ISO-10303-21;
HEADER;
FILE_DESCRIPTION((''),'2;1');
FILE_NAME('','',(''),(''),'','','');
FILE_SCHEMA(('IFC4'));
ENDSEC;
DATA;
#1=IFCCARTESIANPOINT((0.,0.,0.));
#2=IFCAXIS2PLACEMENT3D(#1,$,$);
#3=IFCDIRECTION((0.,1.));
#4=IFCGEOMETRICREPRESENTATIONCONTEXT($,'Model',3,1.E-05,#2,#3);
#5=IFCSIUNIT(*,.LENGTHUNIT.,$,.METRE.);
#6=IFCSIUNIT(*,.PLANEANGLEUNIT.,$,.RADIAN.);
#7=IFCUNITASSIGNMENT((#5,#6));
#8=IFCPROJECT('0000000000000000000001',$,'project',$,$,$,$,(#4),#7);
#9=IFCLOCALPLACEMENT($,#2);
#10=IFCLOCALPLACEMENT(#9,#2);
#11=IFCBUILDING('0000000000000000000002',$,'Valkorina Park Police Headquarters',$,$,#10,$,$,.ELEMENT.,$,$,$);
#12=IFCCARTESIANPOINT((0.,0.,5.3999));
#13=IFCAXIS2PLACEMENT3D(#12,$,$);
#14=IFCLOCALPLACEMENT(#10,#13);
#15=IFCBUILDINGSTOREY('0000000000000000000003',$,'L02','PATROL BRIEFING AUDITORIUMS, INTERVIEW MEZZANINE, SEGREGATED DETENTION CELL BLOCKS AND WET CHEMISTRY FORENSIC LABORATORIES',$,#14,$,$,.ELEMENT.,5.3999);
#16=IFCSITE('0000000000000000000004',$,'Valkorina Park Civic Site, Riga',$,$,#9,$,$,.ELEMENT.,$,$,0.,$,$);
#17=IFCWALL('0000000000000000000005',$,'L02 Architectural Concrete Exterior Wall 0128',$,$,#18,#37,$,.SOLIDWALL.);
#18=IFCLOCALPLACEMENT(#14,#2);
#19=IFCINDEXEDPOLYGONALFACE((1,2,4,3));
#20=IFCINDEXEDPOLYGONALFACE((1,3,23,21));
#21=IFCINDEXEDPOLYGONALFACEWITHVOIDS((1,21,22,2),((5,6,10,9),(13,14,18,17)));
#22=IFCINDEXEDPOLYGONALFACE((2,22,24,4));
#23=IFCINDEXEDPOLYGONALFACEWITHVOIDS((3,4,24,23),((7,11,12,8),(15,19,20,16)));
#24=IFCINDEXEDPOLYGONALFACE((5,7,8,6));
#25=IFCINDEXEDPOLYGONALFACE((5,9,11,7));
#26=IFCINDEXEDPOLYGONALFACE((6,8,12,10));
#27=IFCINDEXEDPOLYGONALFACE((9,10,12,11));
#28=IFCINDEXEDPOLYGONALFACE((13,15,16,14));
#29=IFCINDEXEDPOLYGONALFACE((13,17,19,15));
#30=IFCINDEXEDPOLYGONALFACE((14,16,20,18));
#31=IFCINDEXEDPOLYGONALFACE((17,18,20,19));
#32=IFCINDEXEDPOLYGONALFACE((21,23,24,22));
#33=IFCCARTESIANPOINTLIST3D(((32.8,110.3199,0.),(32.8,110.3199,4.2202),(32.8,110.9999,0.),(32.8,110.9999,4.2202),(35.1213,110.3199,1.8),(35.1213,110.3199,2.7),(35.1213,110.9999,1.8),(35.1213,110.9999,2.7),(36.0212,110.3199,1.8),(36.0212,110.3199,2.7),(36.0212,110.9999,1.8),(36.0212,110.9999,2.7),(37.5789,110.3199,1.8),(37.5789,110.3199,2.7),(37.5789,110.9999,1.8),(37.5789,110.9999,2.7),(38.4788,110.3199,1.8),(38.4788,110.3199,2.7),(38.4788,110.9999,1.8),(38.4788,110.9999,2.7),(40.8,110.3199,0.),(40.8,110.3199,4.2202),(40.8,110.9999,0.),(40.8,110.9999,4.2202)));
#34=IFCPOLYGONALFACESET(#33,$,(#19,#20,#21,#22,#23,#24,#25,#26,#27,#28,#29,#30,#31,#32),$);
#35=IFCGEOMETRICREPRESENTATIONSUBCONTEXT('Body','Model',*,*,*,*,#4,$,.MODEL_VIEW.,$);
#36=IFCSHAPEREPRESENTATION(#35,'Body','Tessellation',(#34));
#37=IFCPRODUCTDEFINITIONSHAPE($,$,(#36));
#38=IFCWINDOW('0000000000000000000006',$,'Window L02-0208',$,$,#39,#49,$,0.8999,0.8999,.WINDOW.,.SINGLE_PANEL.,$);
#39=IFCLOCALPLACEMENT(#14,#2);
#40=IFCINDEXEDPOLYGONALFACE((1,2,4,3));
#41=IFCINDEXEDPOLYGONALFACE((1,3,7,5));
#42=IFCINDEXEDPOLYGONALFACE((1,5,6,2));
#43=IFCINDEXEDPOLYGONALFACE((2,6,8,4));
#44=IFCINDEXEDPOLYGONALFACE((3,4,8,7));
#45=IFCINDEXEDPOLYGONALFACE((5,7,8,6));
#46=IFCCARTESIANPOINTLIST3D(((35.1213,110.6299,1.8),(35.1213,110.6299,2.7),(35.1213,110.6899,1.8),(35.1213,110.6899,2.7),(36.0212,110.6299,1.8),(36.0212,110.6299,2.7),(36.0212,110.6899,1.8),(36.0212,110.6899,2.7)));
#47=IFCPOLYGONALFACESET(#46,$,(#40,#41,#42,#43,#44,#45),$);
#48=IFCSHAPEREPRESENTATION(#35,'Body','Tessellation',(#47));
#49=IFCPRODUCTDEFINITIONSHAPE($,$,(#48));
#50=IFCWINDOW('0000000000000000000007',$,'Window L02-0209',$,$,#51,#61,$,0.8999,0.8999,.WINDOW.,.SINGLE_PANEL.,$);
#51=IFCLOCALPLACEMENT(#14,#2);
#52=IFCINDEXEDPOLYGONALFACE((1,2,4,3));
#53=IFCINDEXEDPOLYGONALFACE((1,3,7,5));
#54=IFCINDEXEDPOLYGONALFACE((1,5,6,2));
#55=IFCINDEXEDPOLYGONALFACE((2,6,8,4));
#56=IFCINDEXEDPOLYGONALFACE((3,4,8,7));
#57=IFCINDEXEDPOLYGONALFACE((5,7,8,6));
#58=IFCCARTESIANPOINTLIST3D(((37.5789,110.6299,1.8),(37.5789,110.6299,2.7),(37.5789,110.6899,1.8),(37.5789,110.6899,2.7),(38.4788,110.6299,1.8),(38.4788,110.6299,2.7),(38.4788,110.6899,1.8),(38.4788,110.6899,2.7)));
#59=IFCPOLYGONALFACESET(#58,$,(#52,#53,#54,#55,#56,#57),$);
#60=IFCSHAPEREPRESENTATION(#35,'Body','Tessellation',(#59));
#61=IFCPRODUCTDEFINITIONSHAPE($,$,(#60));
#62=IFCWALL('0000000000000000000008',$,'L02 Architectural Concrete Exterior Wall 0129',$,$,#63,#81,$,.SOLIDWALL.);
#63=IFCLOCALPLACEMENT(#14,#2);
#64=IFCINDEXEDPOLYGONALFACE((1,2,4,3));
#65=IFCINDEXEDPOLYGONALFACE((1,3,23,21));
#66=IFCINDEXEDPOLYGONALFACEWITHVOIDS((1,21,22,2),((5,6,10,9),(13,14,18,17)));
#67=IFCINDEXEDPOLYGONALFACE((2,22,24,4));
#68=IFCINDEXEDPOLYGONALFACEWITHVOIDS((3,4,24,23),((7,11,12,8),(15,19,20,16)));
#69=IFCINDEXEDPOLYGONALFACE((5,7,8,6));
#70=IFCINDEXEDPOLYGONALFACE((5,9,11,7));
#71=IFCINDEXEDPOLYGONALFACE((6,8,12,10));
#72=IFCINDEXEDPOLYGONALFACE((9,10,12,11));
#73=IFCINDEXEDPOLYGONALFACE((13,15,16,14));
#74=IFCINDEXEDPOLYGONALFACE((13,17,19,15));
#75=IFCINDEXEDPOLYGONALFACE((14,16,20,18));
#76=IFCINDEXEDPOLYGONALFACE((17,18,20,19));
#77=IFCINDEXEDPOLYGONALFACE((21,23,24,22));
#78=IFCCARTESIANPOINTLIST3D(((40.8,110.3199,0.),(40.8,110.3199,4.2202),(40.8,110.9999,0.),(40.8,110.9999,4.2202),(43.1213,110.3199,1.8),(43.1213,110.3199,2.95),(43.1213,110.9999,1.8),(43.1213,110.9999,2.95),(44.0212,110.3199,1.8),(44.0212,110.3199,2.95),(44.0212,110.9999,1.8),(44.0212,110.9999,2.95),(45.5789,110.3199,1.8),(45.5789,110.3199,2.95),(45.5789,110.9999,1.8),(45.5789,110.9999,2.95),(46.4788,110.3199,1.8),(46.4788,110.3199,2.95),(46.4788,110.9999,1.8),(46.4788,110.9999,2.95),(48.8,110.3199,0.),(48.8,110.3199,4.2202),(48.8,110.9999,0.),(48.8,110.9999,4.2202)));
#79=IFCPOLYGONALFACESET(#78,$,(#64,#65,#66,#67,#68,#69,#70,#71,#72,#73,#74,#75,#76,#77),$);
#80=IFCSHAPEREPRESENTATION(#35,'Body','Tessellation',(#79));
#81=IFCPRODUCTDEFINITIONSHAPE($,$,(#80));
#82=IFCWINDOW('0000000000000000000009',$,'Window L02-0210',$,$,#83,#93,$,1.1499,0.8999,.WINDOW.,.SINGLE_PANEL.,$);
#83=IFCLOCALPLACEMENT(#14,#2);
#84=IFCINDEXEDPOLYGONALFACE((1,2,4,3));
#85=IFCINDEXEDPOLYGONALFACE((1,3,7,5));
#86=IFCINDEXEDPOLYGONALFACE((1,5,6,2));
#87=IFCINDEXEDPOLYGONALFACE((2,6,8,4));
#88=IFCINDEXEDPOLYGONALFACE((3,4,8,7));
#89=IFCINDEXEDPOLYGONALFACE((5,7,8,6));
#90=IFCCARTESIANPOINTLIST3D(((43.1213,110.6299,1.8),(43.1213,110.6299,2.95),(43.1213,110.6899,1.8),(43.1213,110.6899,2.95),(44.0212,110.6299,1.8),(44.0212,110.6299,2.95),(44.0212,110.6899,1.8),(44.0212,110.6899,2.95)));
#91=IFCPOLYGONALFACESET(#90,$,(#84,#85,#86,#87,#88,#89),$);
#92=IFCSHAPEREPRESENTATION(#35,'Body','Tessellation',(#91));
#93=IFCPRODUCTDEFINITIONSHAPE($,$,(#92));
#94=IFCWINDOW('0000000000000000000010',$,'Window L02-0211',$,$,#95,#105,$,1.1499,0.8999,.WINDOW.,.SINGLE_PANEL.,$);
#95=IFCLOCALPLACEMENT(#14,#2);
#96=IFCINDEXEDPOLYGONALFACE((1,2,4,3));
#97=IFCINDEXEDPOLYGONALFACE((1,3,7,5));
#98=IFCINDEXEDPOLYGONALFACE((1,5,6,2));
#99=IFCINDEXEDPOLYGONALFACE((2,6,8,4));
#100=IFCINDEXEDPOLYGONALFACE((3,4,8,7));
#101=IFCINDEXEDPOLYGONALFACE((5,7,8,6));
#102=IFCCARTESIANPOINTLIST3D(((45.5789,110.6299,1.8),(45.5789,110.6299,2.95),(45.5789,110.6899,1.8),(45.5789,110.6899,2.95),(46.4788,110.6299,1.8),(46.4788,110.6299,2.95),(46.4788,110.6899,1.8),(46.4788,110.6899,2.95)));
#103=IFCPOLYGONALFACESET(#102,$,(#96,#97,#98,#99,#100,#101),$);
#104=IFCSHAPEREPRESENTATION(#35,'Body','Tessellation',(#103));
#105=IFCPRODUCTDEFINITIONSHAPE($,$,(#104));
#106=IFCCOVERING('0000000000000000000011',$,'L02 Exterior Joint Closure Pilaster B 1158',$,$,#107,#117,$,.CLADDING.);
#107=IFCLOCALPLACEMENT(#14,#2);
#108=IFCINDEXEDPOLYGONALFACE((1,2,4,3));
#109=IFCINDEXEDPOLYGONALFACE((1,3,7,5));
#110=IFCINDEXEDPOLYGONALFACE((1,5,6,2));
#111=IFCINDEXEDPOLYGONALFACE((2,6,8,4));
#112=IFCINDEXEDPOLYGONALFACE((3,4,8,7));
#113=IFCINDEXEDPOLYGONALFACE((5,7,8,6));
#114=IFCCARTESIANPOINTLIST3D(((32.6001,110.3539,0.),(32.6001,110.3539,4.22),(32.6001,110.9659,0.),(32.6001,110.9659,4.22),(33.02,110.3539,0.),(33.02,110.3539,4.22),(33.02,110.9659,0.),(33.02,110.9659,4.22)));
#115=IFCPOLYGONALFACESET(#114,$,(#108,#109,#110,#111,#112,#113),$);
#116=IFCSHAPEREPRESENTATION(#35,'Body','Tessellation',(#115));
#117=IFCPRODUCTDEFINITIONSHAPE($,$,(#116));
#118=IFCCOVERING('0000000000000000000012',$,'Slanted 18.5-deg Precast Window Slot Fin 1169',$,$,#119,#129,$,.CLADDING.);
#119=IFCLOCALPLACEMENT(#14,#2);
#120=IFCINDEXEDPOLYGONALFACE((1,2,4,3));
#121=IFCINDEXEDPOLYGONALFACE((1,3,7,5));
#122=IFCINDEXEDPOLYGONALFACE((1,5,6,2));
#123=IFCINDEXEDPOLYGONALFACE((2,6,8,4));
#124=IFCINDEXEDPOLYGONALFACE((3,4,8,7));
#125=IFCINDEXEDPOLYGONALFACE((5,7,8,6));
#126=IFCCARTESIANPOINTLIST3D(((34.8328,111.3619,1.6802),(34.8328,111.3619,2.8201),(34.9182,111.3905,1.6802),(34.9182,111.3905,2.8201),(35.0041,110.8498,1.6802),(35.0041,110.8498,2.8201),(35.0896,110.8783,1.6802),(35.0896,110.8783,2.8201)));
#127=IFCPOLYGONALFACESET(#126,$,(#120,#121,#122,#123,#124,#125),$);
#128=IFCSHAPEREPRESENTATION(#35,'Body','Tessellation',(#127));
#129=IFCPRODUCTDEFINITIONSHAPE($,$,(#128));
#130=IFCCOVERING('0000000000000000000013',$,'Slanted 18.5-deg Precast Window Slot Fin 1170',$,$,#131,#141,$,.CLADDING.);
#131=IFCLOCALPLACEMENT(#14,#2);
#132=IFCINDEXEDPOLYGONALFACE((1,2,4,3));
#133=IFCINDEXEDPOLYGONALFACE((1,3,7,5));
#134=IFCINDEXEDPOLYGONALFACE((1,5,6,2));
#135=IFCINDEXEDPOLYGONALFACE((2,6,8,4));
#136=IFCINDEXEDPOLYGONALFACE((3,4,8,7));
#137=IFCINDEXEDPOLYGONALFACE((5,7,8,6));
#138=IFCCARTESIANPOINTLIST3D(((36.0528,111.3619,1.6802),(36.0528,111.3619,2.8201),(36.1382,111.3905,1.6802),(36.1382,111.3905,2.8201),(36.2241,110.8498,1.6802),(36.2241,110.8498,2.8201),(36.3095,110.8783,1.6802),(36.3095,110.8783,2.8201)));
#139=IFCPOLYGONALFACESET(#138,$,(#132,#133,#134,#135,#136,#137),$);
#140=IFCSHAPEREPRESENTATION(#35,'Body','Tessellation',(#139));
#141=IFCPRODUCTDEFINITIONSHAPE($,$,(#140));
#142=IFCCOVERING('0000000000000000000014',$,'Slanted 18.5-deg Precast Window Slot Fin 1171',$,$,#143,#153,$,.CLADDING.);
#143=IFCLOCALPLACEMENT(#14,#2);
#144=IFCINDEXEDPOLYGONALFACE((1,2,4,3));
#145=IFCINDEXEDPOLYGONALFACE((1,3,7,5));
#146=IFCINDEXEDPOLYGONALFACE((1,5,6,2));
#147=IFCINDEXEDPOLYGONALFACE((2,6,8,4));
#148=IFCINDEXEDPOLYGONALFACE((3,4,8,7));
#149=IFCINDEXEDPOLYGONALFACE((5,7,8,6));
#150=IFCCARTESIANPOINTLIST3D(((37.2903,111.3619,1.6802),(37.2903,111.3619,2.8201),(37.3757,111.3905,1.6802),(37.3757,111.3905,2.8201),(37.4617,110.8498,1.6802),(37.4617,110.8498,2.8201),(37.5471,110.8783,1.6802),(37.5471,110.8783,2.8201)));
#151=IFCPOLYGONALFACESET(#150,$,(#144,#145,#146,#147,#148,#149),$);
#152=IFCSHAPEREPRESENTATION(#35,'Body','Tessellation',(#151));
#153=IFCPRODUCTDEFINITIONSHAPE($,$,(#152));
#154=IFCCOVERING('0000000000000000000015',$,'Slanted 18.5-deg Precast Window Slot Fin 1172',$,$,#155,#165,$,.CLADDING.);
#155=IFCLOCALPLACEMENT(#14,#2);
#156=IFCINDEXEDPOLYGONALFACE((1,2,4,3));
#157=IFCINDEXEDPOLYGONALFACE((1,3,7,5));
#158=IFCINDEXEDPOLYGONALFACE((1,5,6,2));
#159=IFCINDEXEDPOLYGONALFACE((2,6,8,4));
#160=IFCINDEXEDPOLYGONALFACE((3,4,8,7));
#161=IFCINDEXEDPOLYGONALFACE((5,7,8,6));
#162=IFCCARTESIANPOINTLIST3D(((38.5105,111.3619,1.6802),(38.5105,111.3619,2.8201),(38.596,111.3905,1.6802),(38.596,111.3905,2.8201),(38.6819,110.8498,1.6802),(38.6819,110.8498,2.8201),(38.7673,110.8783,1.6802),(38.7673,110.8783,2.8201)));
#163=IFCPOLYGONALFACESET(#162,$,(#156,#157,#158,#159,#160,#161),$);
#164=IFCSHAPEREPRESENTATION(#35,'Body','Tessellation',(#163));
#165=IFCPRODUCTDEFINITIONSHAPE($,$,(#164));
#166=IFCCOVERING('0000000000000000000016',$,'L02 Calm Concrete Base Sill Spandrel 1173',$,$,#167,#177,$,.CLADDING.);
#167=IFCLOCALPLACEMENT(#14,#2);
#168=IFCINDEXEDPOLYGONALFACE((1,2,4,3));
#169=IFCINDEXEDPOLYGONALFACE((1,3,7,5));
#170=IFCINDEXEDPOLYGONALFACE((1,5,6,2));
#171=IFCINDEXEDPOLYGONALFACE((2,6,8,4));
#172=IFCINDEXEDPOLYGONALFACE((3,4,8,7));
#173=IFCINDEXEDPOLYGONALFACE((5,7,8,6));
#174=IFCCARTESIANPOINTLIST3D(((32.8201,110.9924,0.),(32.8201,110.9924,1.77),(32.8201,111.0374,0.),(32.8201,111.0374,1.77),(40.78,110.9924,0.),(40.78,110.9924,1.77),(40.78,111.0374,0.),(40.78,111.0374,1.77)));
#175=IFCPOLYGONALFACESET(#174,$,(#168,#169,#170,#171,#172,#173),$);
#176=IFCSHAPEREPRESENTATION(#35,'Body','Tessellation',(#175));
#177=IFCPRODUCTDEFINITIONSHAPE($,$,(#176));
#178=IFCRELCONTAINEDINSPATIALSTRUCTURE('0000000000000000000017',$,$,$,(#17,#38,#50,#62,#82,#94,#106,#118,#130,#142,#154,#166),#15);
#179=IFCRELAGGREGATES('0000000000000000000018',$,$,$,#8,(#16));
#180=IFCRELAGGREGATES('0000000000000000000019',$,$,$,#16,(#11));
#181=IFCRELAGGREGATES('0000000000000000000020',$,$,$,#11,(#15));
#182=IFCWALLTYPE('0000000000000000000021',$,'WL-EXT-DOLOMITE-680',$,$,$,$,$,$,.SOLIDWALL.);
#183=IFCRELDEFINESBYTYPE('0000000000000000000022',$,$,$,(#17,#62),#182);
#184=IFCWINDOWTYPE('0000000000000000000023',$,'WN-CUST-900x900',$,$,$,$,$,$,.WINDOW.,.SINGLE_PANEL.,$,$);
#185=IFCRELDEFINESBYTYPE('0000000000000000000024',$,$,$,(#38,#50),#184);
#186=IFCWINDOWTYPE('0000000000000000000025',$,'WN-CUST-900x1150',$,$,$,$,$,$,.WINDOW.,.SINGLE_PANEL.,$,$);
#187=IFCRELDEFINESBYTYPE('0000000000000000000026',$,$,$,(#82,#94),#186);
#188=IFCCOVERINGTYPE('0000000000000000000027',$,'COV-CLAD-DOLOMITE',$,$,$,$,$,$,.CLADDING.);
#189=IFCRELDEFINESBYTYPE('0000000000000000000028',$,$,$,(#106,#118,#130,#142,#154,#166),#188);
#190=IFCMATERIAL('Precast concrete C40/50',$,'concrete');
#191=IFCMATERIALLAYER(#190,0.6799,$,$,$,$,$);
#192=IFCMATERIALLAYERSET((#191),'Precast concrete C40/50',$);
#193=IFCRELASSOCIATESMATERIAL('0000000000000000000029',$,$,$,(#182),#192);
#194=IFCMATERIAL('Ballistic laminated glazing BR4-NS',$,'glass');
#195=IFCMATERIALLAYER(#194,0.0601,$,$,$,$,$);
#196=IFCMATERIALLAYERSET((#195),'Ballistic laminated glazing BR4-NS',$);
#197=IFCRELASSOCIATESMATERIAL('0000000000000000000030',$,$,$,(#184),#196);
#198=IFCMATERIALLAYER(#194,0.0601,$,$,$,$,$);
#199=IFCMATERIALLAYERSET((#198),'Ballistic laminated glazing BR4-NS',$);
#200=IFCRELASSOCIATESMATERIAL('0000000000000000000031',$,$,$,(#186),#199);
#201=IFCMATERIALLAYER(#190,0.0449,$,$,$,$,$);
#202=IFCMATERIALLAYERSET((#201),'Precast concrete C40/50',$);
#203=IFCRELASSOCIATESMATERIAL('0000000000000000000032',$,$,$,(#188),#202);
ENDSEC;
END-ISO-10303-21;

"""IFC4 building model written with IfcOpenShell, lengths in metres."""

from ifc_helpers import new_model, si_unit, direction, frame, frame_2d, origin, origin_2d, place, context, subcontext, project, spatial, rectangle, extrude, material, layer, layer_set, type_object, element, fill, save


model = new_model("IFC4")

# Units and contexts
model_context = context("Model", 3, precision=1e-05, world=origin(), true_north=direction((0.0, 1.0)))
body_context = subcontext(model_context, "Body", "Model", "MODEL_VIEW")
ifc_project = project(units=[si_unit("LENGTHUNIT", "METRE"), si_unit("PLANEANGLEUNIT", "RADIAN")], contexts=[model_context])

# Site, building, storey
site_placement = place(None, origin())
site = spatial("IfcSite", under=ifc_project, at=site_placement, Name="Valkorina Park Civic Site, Riga", CompositionType="ELEMENT", RefElevation=0.0)
building_placement = place(site_placement, origin())
building = spatial("IfcBuilding", under=site, at=building_placement, Name="Valkorina Park Police Headquarters", CompositionType="ELEMENT")
storey_placement = place(building_placement, frame((0.0, 0.0, 5.3999)))
storey = spatial("IfcBuildingStorey", under=building, at=storey_placement, Name="L02", Description="PATROL BRIEFING AUDITORIUMS, INTERVIEW MEZZANINE, SEGREGATED DETENTION CELL BLOCKS AND WET CHEMISTRY FORENSIC LABORATORIES", CompositionType="ELEMENT", Elevation=5.3999)

# Walls, openings, windows
ifc_material_1 = material(Name="Precast concrete C40/50", Category="concrete")
ifc_layer_1 = layer(ifc_material_1, 0.6799)
ifc_layer_set_1 = layer_set([ifc_layer_1], Name="Precast concrete C40/50")
wall_type = type_object("IfcWallType", Name="WL-EXT-DOLOMITE-680", PredefinedType="SOLIDWALL", material=ifc_layer_set_1)
wall_1_placement = place(storey_placement, frame((32.8, 110.6599, 0.0), z_axis=(0.0, 0.0, 1.0), x_axis=(1.0, 0.0, 0.0)))
wall_1 = element("IfcWall", 1, at=wall_1_placement, inside=storey, type_object=wall_type, Name="L02 Architectural Concrete Exterior Wall 0128", PredefinedType="SOLIDWALL", context=body_context, shape_type="SweptSolid", body=[
    extrude(rectangle(XDim=8.0, YDim=0.6799, at=frame_2d((4.0, 0.0))), origin(), (0.0, 0.0, 1.0), 4.2202),
])
opening_1_placement = place(wall_1_placement, frame((2.3213, 0.0, 1.8)))
opening_1 = element("IfcOpeningElement", 2, at=opening_1_placement, cuts=wall_1, PredefinedType="OPENING", context=body_context, shape_type="SweptSolid", body=[
    extrude(rectangle(XDim=0.8999, YDim=0.8999, at=frame_2d((0.45, 0.45))), frame((0.0, 0.3501, 0.0), z_axis=(0.0, -1.0, 0.0), x_axis=(1.0, 0.0, 0.0)), (0.0, 0.0, 1.0), 0.7),
])
opening_2_placement = place(wall_1_placement, frame((4.7788, 0.0, 1.8)))
opening_2 = element("IfcOpeningElement", 3, at=opening_2_placement, cuts=wall_1, PredefinedType="OPENING", context=body_context, shape_type="SweptSolid", body=[
    extrude(rectangle(XDim=0.8999, YDim=0.8999, at=frame_2d((0.45, 0.45))), frame((0.0, 0.3501, 0.0), z_axis=(0.0, -1.0, 0.0), x_axis=(1.0, 0.0, 0.0)), (0.0, 0.0, 1.0), 0.7),
])
ifc_material_2 = material(Name="Ballistic laminated glazing BR4-NS", Category="glass")
ifc_layer_2 = layer(ifc_material_2, 0.0601)
ifc_layer_set_2 = layer_set([ifc_layer_2], Name="Ballistic laminated glazing BR4-NS")
window_type_1 = type_object("IfcWindowType", Name="WN-CUST-900x900", PartitioningType="SINGLE_PANEL", PredefinedType="WINDOW", material=ifc_layer_set_2)
window_1_placement = place(opening_1_placement, origin())
window_1 = element("IfcWindow", 4, at=window_1_placement, inside=storey, type_object=window_type_1, Name="Window L02-0208", OverallHeight=0.8999, OverallWidth=0.8999, PartitioningType="SINGLE_PANEL", PredefinedType="WINDOW", context=body_context, shape_type="SweptSolid", body=[
    extrude(rectangle(XDim=0.8999, YDim=0.8999, at=frame_2d((0.45, 0.45))), frame((0.0, 0.03, 0.0), z_axis=(0.0, -1.0, 0.0), x_axis=(1.0, 0.0, 0.0)), (0.0, 0.0, 1.0), 0.0601),
])
fill(opening_1, window_1)
window_2_placement = place(opening_2_placement, origin())
window_2 = element("IfcWindow", 5, at=window_2_placement, inside=storey, type_object=window_type_1, Name="Window L02-0209", OverallHeight=0.8999, OverallWidth=0.8999, PartitioningType="SINGLE_PANEL", PredefinedType="WINDOW", context=body_context, shape_type="SweptSolid", body=[
    extrude(rectangle(XDim=0.8999, YDim=0.8999, at=frame_2d((0.45, 0.45))), frame((0.0, 0.03, 0.0), z_axis=(0.0, -1.0, 0.0), x_axis=(1.0, 0.0, 0.0)), (0.0, 0.0, 1.0), 0.0601),
])
fill(opening_2, window_2)
wall_2_placement = place(storey_placement, frame((40.8, 110.6599, 0.0), z_axis=(0.0, 0.0, 1.0), x_axis=(1.0, 0.0, 0.0)))
wall_2 = element("IfcWall", 6, at=wall_2_placement, inside=storey, type_object=wall_type, Name="L02 Architectural Concrete Exterior Wall 0129", PredefinedType="SOLIDWALL", context=body_context, shape_type="SweptSolid", body=[
    extrude(rectangle(XDim=8.0, YDim=0.6799, at=frame_2d((4.0, 0.0))), origin(), (0.0, 0.0, 1.0), 4.2202),
])
opening_3_placement = place(wall_2_placement, frame((2.3213, 0.0, 1.8)))
opening_3 = element("IfcOpeningElement", 7, at=opening_3_placement, cuts=wall_2, PredefinedType="OPENING", context=body_context, shape_type="SweptSolid", body=[
    extrude(rectangle(XDim=0.8999, YDim=1.1499, at=frame_2d((0.45, 0.575))), frame((0.0, 0.3501, 0.0), z_axis=(0.0, -1.0, 0.0), x_axis=(1.0, 0.0, 0.0)), (0.0, 0.0, 1.0), 0.7),
])
opening_4_placement = place(wall_2_placement, frame((4.7788, 0.0, 1.8)))
opening_4 = element("IfcOpeningElement", 8, at=opening_4_placement, cuts=wall_2, PredefinedType="OPENING", context=body_context, shape_type="SweptSolid", body=[
    extrude(rectangle(XDim=0.8999, YDim=1.1499, at=frame_2d((0.45, 0.575))), frame((0.0, 0.3501, 0.0), z_axis=(0.0, -1.0, 0.0), x_axis=(1.0, 0.0, 0.0)), (0.0, 0.0, 1.0), 0.7),
])
ifc_layer_3 = layer(ifc_material_2, 0.0601)
ifc_layer_set_3 = layer_set([ifc_layer_3], Name="Ballistic laminated glazing BR4-NS")
window_type_2 = type_object("IfcWindowType", Name="WN-CUST-900x1150", PartitioningType="SINGLE_PANEL", PredefinedType="WINDOW", material=ifc_layer_set_3)
window_3_placement = place(opening_3_placement, origin())
window_3 = element("IfcWindow", 9, at=window_3_placement, inside=storey, type_object=window_type_2, Name="Window L02-0210", OverallHeight=1.1499, OverallWidth=0.8999, PartitioningType="SINGLE_PANEL", PredefinedType="WINDOW", context=body_context, shape_type="SweptSolid", body=[
    extrude(rectangle(XDim=0.8999, YDim=1.1499, at=frame_2d((0.45, 0.575))), frame((0.0, 0.03, 0.0), z_axis=(0.0, -1.0, 0.0), x_axis=(1.0, 0.0, 0.0)), (0.0, 0.0, 1.0), 0.0601),
])
fill(opening_3, window_3)
window_4_placement = place(opening_4_placement, origin())
window_4 = element("IfcWindow", 10, at=window_4_placement, inside=storey, type_object=window_type_2, Name="Window L02-0211", OverallHeight=1.1499, OverallWidth=0.8999, PartitioningType="SINGLE_PANEL", PredefinedType="WINDOW", context=body_context, shape_type="SweptSolid", body=[
    extrude(rectangle(XDim=0.8999, YDim=1.1499, at=frame_2d((0.45, 0.575))), frame((0.0, 0.03, 0.0), z_axis=(0.0, -1.0, 0.0), x_axis=(1.0, 0.0, 0.0)), (0.0, 0.0, 1.0), 0.0601),
])
fill(opening_4, window_4)

# Coverings
ifc_layer_4 = layer(ifc_material_1, 0.0449)
ifc_layer_set_4 = layer_set([ifc_layer_4], Name="Precast concrete C40/50")
covering_type = type_object("IfcCoveringType", Name="COV-CLAD-DOLOMITE", PredefinedType="CLADDING", material=ifc_layer_set_4)
covering_1_placement = place(storey_placement, frame((32.8101, 110.6599, 0.0), z_axis=(0.0, 0.0, 1.0), x_axis=(1.0, 0.0, 0.0)))
element("IfcCovering", 11, at=covering_1_placement, inside=storey, type_object=covering_type, Name="L02 Exterior Joint Closure Pilaster B 1158", PredefinedType="CLADDING", context=body_context, shape_type="SweptSolid", body=[
    extrude(rectangle(XDim=0.4199, YDim=0.6121, at=origin_2d()), origin(), (0.0, 0.0, 1.0), 4.22),
])
for number, where, z_axis, x_axis, name in (
    (12, (34.9612, 111.1201, 1.6802), (0.0, 0.0, 1.0), (-0.317305, 0.948324, 0.0), "Slanted 18.5-deg Precast Window Slot Fin 1169"),
    (13, (36.1812, 111.1201, 1.6802), (0.0, 0.0, 1.0), (-0.317305, 0.948324, 0.0), "Slanted 18.5-deg Precast Window Slot Fin 1170"),
    (14, (37.4187, 111.1201, 1.6802), (0.0, 0.0, 1.0), (-0.317305, 0.948324, 0.0), "Slanted 18.5-deg Precast Window Slot Fin 1171"),
    (15, (38.6389, 111.1201, 1.6802), (0.0, 0.0, 1.0), (-0.317305, 0.948324, 0.0), "Slanted 18.5-deg Precast Window Slot Fin 1172"),
):
    element("IfcCovering", number, at=place(storey_placement, frame(where, z_axis=z_axis, x_axis=x_axis)), inside=storey, type_object=covering_type, Name=name, PredefinedType="CLADDING", context=body_context, shape_type="SweptSolid", body=[
        extrude(rectangle(XDim=0.54, YDim=0.0901, at=origin_2d()), origin(), (0.0, 0.0, 1.0), 1.1399),
    ])
covering_2_placement = place(storey_placement, frame((32.8201, 111.0149, 0.0), z_axis=(0.0, 0.0, 1.0), x_axis=(1.0, 0.0, 0.0)))
element("IfcCovering", 16, at=covering_2_placement, inside=storey, type_object=covering_type, Name="L02 Calm Concrete Base Sill Spandrel 1173", PredefinedType="CLADDING", context=body_context, shape_type="SweptSolid", body=[
    extrude(rectangle(XDim=7.96, YDim=0.0449, at=frame_2d((3.98, 0.0))), origin(), (0.0, 0.0, 1.0), 1.77),
])

save(model, "model.ifc")
